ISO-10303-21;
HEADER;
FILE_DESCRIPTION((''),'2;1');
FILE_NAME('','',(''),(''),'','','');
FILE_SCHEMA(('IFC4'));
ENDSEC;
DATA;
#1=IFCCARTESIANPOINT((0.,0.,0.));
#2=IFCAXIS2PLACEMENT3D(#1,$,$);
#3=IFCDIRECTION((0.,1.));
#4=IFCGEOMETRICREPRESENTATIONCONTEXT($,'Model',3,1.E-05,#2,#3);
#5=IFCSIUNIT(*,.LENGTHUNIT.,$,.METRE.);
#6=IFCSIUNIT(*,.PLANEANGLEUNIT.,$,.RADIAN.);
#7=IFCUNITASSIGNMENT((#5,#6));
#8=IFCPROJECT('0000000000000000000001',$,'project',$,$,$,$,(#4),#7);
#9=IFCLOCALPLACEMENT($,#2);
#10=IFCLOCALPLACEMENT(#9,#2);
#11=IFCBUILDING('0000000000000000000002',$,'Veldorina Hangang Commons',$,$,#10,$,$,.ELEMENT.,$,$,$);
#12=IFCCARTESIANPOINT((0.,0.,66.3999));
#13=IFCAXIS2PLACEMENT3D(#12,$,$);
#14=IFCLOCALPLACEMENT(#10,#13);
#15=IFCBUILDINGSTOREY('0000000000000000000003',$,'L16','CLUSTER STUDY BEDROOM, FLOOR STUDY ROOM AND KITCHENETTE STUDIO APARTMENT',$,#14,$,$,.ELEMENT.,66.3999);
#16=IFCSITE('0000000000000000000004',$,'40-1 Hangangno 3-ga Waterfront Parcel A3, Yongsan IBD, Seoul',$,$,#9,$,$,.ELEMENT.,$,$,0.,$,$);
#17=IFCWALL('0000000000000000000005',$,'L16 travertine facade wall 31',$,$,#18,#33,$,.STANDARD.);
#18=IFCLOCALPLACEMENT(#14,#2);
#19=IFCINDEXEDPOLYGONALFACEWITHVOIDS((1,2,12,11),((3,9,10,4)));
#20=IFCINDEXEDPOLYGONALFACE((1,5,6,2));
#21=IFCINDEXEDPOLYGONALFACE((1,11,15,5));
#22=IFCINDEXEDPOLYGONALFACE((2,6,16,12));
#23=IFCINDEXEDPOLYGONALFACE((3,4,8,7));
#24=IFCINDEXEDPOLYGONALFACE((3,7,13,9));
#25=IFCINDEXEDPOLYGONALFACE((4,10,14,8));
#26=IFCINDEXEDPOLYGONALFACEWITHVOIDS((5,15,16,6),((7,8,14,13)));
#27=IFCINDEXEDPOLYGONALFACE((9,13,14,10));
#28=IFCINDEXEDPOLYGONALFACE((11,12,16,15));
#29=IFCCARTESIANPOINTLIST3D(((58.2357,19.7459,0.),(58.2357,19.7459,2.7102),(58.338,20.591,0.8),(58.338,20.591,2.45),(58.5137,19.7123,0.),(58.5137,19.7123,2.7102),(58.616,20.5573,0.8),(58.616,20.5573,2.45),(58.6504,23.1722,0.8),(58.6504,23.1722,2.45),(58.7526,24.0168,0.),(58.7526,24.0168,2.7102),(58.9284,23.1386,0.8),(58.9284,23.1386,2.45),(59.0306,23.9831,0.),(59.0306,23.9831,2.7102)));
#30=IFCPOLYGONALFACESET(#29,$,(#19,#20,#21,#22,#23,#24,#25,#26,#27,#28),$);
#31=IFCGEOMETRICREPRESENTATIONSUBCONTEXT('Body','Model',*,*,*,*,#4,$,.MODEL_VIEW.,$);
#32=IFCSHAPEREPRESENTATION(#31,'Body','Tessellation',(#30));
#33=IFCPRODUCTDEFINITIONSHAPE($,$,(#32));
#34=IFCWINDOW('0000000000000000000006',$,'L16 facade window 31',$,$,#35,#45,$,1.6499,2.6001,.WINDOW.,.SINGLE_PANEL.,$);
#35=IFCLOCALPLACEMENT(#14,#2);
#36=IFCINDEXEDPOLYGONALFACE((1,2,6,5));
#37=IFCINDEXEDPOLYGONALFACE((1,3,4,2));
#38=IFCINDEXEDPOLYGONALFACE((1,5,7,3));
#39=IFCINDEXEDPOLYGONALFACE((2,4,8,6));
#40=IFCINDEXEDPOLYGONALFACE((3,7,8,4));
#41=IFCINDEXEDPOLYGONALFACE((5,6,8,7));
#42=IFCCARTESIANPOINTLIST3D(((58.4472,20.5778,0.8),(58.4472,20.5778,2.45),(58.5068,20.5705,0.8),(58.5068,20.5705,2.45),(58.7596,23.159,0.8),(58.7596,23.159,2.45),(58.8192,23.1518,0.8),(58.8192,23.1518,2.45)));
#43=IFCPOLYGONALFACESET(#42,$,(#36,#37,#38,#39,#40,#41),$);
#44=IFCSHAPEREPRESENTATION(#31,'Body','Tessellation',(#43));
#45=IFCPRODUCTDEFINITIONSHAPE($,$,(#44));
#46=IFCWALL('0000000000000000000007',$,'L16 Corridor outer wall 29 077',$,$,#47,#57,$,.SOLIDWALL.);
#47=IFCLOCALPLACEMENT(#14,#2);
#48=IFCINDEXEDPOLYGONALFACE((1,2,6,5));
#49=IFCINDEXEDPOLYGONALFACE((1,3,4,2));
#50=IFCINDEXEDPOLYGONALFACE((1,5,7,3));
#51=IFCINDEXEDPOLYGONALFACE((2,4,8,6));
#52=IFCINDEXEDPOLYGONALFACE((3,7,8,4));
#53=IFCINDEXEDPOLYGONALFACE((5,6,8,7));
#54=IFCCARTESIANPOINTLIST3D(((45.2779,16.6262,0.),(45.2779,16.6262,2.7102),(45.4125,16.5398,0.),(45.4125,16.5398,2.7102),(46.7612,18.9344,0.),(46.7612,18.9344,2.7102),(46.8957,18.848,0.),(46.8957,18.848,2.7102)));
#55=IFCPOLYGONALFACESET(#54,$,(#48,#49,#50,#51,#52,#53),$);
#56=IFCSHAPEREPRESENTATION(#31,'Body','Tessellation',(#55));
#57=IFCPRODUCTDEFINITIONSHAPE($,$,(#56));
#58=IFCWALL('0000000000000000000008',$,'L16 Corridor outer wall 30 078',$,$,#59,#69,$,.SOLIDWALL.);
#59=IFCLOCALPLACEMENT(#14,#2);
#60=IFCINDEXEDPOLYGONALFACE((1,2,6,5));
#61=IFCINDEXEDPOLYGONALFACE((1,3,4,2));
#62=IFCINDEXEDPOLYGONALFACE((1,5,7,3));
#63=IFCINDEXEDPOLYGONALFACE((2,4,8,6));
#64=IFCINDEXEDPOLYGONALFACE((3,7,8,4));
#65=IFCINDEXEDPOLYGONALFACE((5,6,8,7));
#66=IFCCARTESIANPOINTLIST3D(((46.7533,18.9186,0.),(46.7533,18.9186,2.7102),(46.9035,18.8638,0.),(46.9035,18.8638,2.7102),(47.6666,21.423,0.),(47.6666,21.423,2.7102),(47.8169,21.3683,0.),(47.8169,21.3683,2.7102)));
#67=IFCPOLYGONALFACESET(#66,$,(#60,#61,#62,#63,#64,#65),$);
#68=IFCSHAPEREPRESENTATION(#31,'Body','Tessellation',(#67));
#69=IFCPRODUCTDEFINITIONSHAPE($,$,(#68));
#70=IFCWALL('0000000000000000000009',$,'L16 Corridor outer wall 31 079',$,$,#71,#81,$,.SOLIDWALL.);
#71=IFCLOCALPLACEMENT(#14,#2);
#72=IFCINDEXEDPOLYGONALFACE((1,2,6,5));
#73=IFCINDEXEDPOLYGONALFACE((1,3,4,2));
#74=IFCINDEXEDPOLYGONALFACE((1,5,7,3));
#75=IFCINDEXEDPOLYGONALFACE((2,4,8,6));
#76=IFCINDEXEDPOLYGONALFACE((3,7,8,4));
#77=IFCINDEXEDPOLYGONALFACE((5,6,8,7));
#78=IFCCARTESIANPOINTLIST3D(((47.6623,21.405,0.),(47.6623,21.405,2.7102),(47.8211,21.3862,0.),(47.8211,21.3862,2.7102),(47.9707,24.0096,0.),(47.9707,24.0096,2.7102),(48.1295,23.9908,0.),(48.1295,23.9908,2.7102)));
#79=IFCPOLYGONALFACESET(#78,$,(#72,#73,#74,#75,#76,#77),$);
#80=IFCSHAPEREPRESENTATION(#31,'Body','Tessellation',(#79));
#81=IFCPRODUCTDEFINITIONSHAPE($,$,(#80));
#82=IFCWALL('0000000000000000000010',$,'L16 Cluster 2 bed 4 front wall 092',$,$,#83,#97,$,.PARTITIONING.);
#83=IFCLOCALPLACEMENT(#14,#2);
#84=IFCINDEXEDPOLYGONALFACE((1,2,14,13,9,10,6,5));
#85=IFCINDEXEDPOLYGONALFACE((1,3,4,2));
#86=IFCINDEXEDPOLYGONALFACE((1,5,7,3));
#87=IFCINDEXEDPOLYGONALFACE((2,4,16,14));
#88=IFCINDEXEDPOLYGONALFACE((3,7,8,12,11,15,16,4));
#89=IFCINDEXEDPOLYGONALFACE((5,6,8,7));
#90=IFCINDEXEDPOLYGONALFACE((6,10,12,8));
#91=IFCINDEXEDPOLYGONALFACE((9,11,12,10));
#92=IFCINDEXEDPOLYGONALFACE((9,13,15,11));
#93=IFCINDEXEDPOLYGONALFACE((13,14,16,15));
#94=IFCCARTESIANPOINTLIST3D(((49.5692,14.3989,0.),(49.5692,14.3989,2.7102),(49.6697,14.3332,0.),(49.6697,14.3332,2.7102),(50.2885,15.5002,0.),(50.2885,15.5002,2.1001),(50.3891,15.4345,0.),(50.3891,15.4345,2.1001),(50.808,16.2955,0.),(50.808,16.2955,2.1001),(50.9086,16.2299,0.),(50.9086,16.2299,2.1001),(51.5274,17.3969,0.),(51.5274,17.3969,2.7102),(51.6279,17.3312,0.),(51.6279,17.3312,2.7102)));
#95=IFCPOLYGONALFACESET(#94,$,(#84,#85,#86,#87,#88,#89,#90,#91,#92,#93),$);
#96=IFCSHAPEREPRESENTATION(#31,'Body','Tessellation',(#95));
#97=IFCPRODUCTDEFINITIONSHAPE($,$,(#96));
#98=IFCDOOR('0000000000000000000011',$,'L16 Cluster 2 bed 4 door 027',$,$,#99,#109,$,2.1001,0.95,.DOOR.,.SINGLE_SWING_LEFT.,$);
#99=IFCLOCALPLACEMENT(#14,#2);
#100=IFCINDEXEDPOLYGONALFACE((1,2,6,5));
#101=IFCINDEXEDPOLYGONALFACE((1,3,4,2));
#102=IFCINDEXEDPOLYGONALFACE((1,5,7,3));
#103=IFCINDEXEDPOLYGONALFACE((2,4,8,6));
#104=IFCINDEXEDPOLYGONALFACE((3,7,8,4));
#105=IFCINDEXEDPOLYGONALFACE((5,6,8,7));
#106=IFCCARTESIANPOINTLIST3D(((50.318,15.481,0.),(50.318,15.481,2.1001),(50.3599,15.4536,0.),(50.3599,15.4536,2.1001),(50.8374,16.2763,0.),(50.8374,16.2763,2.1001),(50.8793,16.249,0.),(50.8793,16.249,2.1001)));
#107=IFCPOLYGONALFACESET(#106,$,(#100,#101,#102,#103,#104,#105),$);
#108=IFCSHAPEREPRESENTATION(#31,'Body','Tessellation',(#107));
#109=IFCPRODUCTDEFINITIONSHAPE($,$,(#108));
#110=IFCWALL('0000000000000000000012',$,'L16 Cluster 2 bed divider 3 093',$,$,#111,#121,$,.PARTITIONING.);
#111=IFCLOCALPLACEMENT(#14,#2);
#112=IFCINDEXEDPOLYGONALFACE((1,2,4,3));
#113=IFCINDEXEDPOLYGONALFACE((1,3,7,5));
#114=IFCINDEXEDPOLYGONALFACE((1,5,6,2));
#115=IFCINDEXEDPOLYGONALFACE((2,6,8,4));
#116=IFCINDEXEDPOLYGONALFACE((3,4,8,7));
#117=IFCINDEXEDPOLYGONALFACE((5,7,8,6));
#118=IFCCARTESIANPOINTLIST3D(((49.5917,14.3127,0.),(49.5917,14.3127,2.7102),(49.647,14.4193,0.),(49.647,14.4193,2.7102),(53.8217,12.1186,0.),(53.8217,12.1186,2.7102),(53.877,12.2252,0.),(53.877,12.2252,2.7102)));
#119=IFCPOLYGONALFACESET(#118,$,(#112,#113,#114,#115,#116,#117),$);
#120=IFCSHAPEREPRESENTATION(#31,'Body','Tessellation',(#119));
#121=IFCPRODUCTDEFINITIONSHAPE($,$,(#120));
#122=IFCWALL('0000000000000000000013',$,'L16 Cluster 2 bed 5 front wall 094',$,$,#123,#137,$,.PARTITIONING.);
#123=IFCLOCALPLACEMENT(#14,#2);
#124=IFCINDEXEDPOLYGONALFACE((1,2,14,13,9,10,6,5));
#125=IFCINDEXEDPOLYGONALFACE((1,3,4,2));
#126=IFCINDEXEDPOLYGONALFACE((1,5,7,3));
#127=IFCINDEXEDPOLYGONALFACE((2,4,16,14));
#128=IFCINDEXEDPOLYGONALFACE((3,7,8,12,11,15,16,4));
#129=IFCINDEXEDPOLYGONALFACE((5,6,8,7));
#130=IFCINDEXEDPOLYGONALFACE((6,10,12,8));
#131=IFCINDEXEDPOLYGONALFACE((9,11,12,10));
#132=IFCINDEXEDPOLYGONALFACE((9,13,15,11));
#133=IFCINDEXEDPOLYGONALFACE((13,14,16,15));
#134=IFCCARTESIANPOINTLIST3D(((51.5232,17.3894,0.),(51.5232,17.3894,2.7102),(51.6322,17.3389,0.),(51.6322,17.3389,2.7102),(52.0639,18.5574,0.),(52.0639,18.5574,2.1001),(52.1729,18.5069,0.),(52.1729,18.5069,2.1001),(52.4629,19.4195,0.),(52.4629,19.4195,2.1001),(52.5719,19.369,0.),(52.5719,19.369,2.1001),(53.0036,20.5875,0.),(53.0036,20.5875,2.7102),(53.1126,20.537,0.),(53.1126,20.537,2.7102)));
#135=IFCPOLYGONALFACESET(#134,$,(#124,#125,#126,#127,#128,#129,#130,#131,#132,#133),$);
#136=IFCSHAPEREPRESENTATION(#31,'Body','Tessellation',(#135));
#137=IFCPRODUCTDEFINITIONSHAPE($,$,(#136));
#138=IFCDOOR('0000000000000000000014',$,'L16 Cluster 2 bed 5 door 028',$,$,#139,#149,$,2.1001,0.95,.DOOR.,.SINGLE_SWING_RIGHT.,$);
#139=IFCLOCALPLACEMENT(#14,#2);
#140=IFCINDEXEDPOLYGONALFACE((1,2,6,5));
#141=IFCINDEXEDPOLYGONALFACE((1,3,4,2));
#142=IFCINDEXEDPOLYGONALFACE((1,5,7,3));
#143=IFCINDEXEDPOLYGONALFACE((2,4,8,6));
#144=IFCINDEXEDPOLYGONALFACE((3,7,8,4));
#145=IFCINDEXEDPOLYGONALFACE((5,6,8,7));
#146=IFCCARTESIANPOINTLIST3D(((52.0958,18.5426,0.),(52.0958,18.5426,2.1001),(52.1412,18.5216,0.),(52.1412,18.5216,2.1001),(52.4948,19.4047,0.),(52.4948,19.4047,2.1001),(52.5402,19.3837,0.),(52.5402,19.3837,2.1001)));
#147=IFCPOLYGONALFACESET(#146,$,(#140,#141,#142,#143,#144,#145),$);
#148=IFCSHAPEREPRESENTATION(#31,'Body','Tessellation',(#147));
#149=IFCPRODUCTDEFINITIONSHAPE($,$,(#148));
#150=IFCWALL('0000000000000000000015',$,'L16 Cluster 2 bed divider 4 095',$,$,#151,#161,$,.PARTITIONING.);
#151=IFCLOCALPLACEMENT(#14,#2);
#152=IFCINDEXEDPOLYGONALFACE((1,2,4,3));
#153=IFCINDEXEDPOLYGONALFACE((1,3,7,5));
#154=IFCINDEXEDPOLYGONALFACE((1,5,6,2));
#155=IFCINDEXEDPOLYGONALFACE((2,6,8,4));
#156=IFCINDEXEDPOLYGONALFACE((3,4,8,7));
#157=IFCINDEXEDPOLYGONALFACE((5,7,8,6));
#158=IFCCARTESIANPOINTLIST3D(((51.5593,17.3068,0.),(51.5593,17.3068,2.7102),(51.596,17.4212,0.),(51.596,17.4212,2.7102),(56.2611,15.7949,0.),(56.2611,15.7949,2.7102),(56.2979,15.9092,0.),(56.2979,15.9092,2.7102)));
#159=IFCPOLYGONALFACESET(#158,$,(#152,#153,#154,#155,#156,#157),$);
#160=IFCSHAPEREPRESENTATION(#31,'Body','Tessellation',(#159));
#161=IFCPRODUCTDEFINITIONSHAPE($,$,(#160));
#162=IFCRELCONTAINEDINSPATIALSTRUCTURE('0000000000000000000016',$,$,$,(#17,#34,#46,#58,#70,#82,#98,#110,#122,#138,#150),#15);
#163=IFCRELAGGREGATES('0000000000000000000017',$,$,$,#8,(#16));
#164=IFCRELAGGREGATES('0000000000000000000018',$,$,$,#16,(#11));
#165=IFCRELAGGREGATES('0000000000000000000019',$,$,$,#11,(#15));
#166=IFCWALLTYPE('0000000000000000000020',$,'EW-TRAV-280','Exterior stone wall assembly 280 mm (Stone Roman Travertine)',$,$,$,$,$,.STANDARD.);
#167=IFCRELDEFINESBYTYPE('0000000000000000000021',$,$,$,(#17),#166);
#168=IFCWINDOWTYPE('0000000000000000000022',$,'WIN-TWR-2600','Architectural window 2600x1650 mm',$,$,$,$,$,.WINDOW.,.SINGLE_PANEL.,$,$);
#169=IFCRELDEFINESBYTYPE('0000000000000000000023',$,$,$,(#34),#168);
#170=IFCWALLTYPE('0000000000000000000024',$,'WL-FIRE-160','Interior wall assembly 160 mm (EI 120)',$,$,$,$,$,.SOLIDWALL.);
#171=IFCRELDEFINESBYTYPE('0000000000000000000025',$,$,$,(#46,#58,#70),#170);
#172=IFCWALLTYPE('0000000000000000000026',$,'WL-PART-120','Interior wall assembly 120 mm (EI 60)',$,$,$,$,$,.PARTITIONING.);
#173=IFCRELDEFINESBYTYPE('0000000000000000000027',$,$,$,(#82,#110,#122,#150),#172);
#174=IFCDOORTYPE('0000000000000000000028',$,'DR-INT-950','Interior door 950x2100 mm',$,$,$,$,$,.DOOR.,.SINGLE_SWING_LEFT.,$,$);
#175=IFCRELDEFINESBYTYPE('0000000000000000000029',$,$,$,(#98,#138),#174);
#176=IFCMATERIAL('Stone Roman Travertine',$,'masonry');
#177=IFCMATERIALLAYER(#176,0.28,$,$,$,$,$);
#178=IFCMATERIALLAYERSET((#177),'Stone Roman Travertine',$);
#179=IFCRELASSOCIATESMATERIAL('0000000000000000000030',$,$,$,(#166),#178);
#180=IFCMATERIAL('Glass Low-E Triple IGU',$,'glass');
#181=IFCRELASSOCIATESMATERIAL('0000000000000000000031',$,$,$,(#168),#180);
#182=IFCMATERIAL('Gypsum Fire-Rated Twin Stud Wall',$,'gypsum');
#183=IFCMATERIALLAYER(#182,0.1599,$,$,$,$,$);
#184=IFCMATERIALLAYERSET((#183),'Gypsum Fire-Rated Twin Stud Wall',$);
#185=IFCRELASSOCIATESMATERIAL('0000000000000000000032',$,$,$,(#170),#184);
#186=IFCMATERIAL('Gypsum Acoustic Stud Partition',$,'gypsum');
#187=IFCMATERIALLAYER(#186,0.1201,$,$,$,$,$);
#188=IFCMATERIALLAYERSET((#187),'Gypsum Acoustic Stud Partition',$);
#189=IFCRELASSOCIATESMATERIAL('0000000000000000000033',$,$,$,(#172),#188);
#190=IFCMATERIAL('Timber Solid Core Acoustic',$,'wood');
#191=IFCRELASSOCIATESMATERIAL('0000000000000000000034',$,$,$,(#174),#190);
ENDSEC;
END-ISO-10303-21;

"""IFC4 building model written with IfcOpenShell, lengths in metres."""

from ifc_helpers import new_model, si_unit, direction, frame, frame_2d, origin, place, context, subcontext, project, spatial, rectangle, extrude, material, layer, layer_set, type_object, element, fill, save


model = new_model("IFC4")

# Units and contexts
model_context = context("Model", 3, precision=1e-05, world=origin(), true_north=direction((0.0, 1.0)))
body_context = subcontext(model_context, "Body", "Model", "MODEL_VIEW")
ifc_project = project(units=[si_unit("LENGTHUNIT", "METRE"), si_unit("PLANEANGLEUNIT", "RADIAN")], contexts=[model_context])

# Site, building, storey
site_placement = place(None, origin())
site = spatial("IfcSite", under=ifc_project, at=site_placement, Name="40-1 Hangangno 3-ga Waterfront Parcel A3, Yongsan IBD, Seoul", CompositionType="ELEMENT", RefElevation=0.0)
building_placement = place(site_placement, origin())
building = spatial("IfcBuilding", under=site, at=building_placement, Name="Veldorina Hangang Commons", CompositionType="ELEMENT")
storey_placement = place(building_placement, frame((0.0, 0.0, 66.3999)))
storey = spatial("IfcBuildingStorey", under=building, at=storey_placement, Name="L16", Description="CLUSTER STUDY BEDROOM, FLOOR STUDY ROOM AND KITCHENETTE STUDIO APARTMENT", CompositionType="ELEMENT", Elevation=66.3999)

# Shared definitions
ifc_material_1 = material(Name="Glass Low-E Triple IGU", Category="glass")

# Wall, opening, window
ifc_material_2 = material(Name="Stone Roman Travertine", Category="masonry")
ifc_layer_1 = layer(ifc_material_2, 0.28)
ifc_layer_set_1 = layer_set([ifc_layer_1], Name="Stone Roman Travertine")
wall_type_1 = type_object("IfcWallType", Name="EW-TRAV-280", Description="Exterior stone wall assembly 280 mm (Stone Roman Travertine)", PredefinedType="STANDARD", material=ifc_layer_set_1)
window_type = type_object("IfcWindowType", Name="WIN-TWR-2600", Description="Architectural window 2600x1650 mm", PartitioningType="SINGLE_PANEL", PredefinedType="WINDOW", material=ifc_material_1)
wall_1_placement = place(storey_placement, frame((58.3748, 19.7292, 0.0), z_axis=(0.0, 0.0, 1.0), x_axis=(0.120143, 0.992757, 0.0)))
wall_1 = element("IfcWall", 1, at=wall_1_placement, inside=storey, type_object=wall_type_1, Name="L16 travertine facade wall 31", PredefinedType="STANDARD", context=body_context, shape_type="SweptSolid", body=[
    extrude(rectangle(XDim=4.302, YDim=0.28, at=frame_2d((2.1509, 0.0))), origin(), (0.0, 0.0, 1.0), 2.7102),
])
opening_1_placement = place(wall_1_placement, frame((0.8511, 0.0, 0.8)))
opening_1 = element("IfcOpeningElement", 2, at=opening_1_placement, cuts=wall_1, PredefinedType="OPENING", context=body_context, shape_type="SweptSolid", body=[
    extrude(rectangle(XDim=2.6001, YDim=1.6499, at=frame_2d((1.3, 0.825))), frame((0.0, 0.1499, 0.0), z_axis=(0.0, -1.0, 0.0), x_axis=(1.0, 0.0, 0.0)), (0.0, 0.0, 1.0), 0.3),
])
window_1_placement = place(opening_1_placement, origin())
window_1 = element("IfcWindow", 3, at=window_1_placement, inside=storey, type_object=window_type, Name="L16 facade window 31", OverallHeight=1.6499, OverallWidth=2.6001, PartitioningType="SINGLE_PANEL", PredefinedType="WINDOW", context=body_context, shape_type="SweptSolid", body=[
    extrude(rectangle(XDim=2.6001, YDim=1.6499, at=frame_2d((1.3, 0.825))), frame((0.0, 0.03, 0.0), z_axis=(0.0, -1.0, 0.0), x_axis=(1.0, 0.0, 0.0)), (0.0, 0.0, 1.0), 0.0601),
])
fill(opening_1, window_1)

# Walls
ifc_material_3 = material(Name="Gypsum Fire-Rated Twin Stud Wall", Category="gypsum")
ifc_layer_2 = layer(ifc_material_3, 0.1599)
ifc_layer_set_2 = layer_set([ifc_layer_2], Name="Gypsum Fire-Rated Twin Stud Wall")
wall_type_2 = type_object("IfcWallType", Name="WL-FIRE-160", Description="Interior wall assembly 160 mm (EI 120)", PredefinedType="SOLIDWALL", material=ifc_layer_set_2)
wall_2_placement = place(storey_placement, frame((45.3452, 16.583, 0.0), z_axis=(0.0, 0.0, 1.0), x_axis=(0.540596, 0.841283, 0.0)))
element("IfcWall", 4, at=wall_2_placement, inside=storey, type_object=wall_type_2, Name="L16 Corridor outer wall 29 077", PredefinedType="SOLIDWALL", context=body_context, shape_type="SweptSolid", body=[
    extrude(rectangle(XDim=2.7437, YDim=0.1599, at=frame_2d((1.3718, 0.0))), origin(), (0.0, 0.0, 1.0), 2.7102),
])
wall_3_placement = place(storey_placement, frame((46.8284, 18.8911, 0.0), z_axis=(0.0, 0.0, 1.0), x_axis=(0.342618, 0.939475, 0.0)))
element("IfcWall", 5, at=wall_3_placement, inside=storey, type_object=wall_type_2, Name="L16 Corridor outer wall 30 078", PredefinedType="SOLIDWALL", context=body_context, shape_type="SweptSolid", body=[
    extrude(rectangle(XDim=2.6658, YDim=0.1599, at=frame_2d((1.333, 0.0))), origin(), (0.0, 0.0, 1.0), 2.7102),
])
wall_4_placement = place(storey_placement, frame((47.7417, 21.3955, 0.0), z_axis=(0.0, 0.0, 1.0), x_axis=(0.11757, 0.993065, 0.0)))
element("IfcWall", 6, at=wall_4_placement, inside=storey, type_object=wall_type_2, Name="L16 Corridor outer wall 31 079", PredefinedType="SOLIDWALL", context=body_context, shape_type="SweptSolid", body=[
    extrude(rectangle(XDim=2.6228, YDim=0.1599, at=frame_2d((1.3115, 0.0))), origin(), (0.0, 0.0, 1.0), 2.7102),
])

# Wall, opening, door
ifc_material_4 = material(Name="Gypsum Acoustic Stud Partition", Category="gypsum")
ifc_layer_3 = layer(ifc_material_4, 0.1201)
ifc_layer_set_3 = layer_set([ifc_layer_3], Name="Gypsum Acoustic Stud Partition")
wall_type_3 = type_object("IfcWallType", Name="WL-PART-120", Description="Interior wall assembly 120 mm (EI 60)", PredefinedType="PARTITIONING", material=ifc_layer_set_3)
wall_5_placement = place(storey_placement, frame((49.6194, 14.366, 0.0), z_axis=(0.0, 0.0, 1.0), x_axis=(0.546856, 0.837227, 0.0)))
wall_5 = element("IfcWall", 7, at=wall_5_placement, inside=storey, type_object=wall_type_3, Name="L16 Cluster 2 bed 4 front wall 092", PredefinedType="PARTITIONING", context=body_context, shape_type="SweptSolid", body=[
    extrude(rectangle(XDim=3.5808, YDim=0.1201, at=frame_2d((1.7905, 0.0))), origin(), (0.0, 0.0, 1.0), 2.7102),
])
opening_2_placement = place(wall_5_placement, frame((1.3154, 0.0, 0.0)))
opening_2 = element("IfcOpeningElement", 8, at=opening_2_placement, cuts=wall_5, PredefinedType="OPENING", context=body_context, shape_type="SweptSolid", body=[
    extrude(rectangle(XDim=0.95, YDim=2.1001, at=frame_2d((0.4751, 1.05))), frame((0.0, 0.0701, 0.0), z_axis=(0.0, -1.0, 0.0), x_axis=(1.0, 0.0, 0.0)), (0.0, 0.0, 1.0), 0.1401),
])
ifc_material_5 = material(Name="Timber Solid Core Acoustic", Category="wood")
door_type = type_object("IfcDoorType", Name="DR-INT-950", Description="Interior door 950x2100 mm", OperationType="SINGLE_SWING_LEFT", PredefinedType="DOOR", material=ifc_material_5)
door_1_placement = place(opening_2_placement, origin())
door_1 = element("IfcDoor", 9, at=door_1_placement, inside=storey, type_object=door_type, Name="L16 Cluster 2 bed 4 door 027", OperationType="SINGLE_SWING_LEFT", OverallHeight=2.1001, OverallWidth=0.95, PredefinedType="DOOR", context=body_context, shape_type="SweptSolid", body=[
    extrude(rectangle(XDim=0.95, YDim=2.1001, at=frame_2d((0.4751, 1.05))), frame((0.0, 0.0249, 0.0), z_axis=(0.0, -1.0, 0.0), x_axis=(1.0, 0.0, 0.0)), (0.0, 0.0, 1.0), 0.05),
])
fill(opening_2, door_1)

# Wall
wall_6_placement = place(storey_placement, frame((49.6194, 14.366, 0.0), z_axis=(0.0, 0.0, 1.0), x_axis=(0.887689, -0.460444, 0.0)))
element("IfcWall", 10, at=wall_6_placement, inside=storey, type_object=wall_type_3, Name="L16 Cluster 2 bed divider 3 093", PredefinedType="PARTITIONING", context=body_context, shape_type="SweptSolid", body=[
    extrude(rectangle(XDim=4.7651, YDim=0.1201, at=frame_2d((2.3826, 0.0))), origin(), (0.0, 0.0, 1.0), 2.7102),
])

# Wall, opening, door
wall_7_placement = place(storey_placement, frame((51.5776, 17.364, 0.0), z_axis=(0.0, 0.0, 1.0), x_axis=(0.420077, 0.907488, 0.0)))
wall_7 = element("IfcWall", 11, at=wall_7_placement, inside=storey, type_object=wall_type_3, Name="L16 Cluster 2 bed 5 front wall 094", PredefinedType="PARTITIONING", context=body_context, shape_type="SweptSolid", body=[
    extrude(rectangle(XDim=3.5242, YDim=0.1201, at=frame_2d((1.7622, 0.0))), origin(), (0.0, 0.0, 1.0), 2.7102),
])
opening_3_placement = place(wall_7_placement, frame((1.2871, 0.0, 0.0)))
opening_3 = element("IfcOpeningElement", 12, at=opening_3_placement, cuts=wall_7, PredefinedType="OPENING", context=body_context, shape_type="SweptSolid", body=[
    extrude(rectangle(XDim=0.95, YDim=2.1001, at=frame_2d((0.4751, 1.05))), frame((0.0, 0.0701, 0.0), z_axis=(0.0, -1.0, 0.0), x_axis=(1.0, 0.0, 0.0)), (0.0, 0.0, 1.0), 0.1401),
])
door_2_placement = place(opening_3_placement, origin())
door_2 = element("IfcDoor", 13, at=door_2_placement, inside=storey, type_object=door_type, Name="L16 Cluster 2 bed 5 door 028", OperationType="SINGLE_SWING_RIGHT", OverallHeight=2.1001, OverallWidth=0.95, PredefinedType="DOOR", context=body_context, shape_type="SweptSolid", body=[
    extrude(rectangle(XDim=0.95, YDim=2.1001, at=frame_2d((0.4751, 1.05))), frame((0.0, 0.0249, 0.0), z_axis=(0.0, -1.0, 0.0), x_axis=(1.0, 0.0, 0.0)), (0.0, 0.0, 1.0), 0.05),
])
fill(opening_3, door_2)

# Wall
wall_8_placement = place(storey_placement, frame((51.5776, 17.364, 0.0), z_axis=(0.0, 0.0, 1.0), x_axis=(0.951991, -0.306126, 0.0)))
element("IfcWall", 14, at=wall_8_placement, inside=storey, type_object=wall_type_3, Name="L16 Cluster 2 bed divider 4 095", PredefinedType="PARTITIONING", context=body_context, shape_type="SweptSolid", body=[
    extrude(rectangle(XDim=4.939, YDim=0.1201, at=frame_2d((2.4695, 0.0))), origin(), (0.0, 0.0, 1.0), 2.7102),
])

save(model, "model.ifc")
